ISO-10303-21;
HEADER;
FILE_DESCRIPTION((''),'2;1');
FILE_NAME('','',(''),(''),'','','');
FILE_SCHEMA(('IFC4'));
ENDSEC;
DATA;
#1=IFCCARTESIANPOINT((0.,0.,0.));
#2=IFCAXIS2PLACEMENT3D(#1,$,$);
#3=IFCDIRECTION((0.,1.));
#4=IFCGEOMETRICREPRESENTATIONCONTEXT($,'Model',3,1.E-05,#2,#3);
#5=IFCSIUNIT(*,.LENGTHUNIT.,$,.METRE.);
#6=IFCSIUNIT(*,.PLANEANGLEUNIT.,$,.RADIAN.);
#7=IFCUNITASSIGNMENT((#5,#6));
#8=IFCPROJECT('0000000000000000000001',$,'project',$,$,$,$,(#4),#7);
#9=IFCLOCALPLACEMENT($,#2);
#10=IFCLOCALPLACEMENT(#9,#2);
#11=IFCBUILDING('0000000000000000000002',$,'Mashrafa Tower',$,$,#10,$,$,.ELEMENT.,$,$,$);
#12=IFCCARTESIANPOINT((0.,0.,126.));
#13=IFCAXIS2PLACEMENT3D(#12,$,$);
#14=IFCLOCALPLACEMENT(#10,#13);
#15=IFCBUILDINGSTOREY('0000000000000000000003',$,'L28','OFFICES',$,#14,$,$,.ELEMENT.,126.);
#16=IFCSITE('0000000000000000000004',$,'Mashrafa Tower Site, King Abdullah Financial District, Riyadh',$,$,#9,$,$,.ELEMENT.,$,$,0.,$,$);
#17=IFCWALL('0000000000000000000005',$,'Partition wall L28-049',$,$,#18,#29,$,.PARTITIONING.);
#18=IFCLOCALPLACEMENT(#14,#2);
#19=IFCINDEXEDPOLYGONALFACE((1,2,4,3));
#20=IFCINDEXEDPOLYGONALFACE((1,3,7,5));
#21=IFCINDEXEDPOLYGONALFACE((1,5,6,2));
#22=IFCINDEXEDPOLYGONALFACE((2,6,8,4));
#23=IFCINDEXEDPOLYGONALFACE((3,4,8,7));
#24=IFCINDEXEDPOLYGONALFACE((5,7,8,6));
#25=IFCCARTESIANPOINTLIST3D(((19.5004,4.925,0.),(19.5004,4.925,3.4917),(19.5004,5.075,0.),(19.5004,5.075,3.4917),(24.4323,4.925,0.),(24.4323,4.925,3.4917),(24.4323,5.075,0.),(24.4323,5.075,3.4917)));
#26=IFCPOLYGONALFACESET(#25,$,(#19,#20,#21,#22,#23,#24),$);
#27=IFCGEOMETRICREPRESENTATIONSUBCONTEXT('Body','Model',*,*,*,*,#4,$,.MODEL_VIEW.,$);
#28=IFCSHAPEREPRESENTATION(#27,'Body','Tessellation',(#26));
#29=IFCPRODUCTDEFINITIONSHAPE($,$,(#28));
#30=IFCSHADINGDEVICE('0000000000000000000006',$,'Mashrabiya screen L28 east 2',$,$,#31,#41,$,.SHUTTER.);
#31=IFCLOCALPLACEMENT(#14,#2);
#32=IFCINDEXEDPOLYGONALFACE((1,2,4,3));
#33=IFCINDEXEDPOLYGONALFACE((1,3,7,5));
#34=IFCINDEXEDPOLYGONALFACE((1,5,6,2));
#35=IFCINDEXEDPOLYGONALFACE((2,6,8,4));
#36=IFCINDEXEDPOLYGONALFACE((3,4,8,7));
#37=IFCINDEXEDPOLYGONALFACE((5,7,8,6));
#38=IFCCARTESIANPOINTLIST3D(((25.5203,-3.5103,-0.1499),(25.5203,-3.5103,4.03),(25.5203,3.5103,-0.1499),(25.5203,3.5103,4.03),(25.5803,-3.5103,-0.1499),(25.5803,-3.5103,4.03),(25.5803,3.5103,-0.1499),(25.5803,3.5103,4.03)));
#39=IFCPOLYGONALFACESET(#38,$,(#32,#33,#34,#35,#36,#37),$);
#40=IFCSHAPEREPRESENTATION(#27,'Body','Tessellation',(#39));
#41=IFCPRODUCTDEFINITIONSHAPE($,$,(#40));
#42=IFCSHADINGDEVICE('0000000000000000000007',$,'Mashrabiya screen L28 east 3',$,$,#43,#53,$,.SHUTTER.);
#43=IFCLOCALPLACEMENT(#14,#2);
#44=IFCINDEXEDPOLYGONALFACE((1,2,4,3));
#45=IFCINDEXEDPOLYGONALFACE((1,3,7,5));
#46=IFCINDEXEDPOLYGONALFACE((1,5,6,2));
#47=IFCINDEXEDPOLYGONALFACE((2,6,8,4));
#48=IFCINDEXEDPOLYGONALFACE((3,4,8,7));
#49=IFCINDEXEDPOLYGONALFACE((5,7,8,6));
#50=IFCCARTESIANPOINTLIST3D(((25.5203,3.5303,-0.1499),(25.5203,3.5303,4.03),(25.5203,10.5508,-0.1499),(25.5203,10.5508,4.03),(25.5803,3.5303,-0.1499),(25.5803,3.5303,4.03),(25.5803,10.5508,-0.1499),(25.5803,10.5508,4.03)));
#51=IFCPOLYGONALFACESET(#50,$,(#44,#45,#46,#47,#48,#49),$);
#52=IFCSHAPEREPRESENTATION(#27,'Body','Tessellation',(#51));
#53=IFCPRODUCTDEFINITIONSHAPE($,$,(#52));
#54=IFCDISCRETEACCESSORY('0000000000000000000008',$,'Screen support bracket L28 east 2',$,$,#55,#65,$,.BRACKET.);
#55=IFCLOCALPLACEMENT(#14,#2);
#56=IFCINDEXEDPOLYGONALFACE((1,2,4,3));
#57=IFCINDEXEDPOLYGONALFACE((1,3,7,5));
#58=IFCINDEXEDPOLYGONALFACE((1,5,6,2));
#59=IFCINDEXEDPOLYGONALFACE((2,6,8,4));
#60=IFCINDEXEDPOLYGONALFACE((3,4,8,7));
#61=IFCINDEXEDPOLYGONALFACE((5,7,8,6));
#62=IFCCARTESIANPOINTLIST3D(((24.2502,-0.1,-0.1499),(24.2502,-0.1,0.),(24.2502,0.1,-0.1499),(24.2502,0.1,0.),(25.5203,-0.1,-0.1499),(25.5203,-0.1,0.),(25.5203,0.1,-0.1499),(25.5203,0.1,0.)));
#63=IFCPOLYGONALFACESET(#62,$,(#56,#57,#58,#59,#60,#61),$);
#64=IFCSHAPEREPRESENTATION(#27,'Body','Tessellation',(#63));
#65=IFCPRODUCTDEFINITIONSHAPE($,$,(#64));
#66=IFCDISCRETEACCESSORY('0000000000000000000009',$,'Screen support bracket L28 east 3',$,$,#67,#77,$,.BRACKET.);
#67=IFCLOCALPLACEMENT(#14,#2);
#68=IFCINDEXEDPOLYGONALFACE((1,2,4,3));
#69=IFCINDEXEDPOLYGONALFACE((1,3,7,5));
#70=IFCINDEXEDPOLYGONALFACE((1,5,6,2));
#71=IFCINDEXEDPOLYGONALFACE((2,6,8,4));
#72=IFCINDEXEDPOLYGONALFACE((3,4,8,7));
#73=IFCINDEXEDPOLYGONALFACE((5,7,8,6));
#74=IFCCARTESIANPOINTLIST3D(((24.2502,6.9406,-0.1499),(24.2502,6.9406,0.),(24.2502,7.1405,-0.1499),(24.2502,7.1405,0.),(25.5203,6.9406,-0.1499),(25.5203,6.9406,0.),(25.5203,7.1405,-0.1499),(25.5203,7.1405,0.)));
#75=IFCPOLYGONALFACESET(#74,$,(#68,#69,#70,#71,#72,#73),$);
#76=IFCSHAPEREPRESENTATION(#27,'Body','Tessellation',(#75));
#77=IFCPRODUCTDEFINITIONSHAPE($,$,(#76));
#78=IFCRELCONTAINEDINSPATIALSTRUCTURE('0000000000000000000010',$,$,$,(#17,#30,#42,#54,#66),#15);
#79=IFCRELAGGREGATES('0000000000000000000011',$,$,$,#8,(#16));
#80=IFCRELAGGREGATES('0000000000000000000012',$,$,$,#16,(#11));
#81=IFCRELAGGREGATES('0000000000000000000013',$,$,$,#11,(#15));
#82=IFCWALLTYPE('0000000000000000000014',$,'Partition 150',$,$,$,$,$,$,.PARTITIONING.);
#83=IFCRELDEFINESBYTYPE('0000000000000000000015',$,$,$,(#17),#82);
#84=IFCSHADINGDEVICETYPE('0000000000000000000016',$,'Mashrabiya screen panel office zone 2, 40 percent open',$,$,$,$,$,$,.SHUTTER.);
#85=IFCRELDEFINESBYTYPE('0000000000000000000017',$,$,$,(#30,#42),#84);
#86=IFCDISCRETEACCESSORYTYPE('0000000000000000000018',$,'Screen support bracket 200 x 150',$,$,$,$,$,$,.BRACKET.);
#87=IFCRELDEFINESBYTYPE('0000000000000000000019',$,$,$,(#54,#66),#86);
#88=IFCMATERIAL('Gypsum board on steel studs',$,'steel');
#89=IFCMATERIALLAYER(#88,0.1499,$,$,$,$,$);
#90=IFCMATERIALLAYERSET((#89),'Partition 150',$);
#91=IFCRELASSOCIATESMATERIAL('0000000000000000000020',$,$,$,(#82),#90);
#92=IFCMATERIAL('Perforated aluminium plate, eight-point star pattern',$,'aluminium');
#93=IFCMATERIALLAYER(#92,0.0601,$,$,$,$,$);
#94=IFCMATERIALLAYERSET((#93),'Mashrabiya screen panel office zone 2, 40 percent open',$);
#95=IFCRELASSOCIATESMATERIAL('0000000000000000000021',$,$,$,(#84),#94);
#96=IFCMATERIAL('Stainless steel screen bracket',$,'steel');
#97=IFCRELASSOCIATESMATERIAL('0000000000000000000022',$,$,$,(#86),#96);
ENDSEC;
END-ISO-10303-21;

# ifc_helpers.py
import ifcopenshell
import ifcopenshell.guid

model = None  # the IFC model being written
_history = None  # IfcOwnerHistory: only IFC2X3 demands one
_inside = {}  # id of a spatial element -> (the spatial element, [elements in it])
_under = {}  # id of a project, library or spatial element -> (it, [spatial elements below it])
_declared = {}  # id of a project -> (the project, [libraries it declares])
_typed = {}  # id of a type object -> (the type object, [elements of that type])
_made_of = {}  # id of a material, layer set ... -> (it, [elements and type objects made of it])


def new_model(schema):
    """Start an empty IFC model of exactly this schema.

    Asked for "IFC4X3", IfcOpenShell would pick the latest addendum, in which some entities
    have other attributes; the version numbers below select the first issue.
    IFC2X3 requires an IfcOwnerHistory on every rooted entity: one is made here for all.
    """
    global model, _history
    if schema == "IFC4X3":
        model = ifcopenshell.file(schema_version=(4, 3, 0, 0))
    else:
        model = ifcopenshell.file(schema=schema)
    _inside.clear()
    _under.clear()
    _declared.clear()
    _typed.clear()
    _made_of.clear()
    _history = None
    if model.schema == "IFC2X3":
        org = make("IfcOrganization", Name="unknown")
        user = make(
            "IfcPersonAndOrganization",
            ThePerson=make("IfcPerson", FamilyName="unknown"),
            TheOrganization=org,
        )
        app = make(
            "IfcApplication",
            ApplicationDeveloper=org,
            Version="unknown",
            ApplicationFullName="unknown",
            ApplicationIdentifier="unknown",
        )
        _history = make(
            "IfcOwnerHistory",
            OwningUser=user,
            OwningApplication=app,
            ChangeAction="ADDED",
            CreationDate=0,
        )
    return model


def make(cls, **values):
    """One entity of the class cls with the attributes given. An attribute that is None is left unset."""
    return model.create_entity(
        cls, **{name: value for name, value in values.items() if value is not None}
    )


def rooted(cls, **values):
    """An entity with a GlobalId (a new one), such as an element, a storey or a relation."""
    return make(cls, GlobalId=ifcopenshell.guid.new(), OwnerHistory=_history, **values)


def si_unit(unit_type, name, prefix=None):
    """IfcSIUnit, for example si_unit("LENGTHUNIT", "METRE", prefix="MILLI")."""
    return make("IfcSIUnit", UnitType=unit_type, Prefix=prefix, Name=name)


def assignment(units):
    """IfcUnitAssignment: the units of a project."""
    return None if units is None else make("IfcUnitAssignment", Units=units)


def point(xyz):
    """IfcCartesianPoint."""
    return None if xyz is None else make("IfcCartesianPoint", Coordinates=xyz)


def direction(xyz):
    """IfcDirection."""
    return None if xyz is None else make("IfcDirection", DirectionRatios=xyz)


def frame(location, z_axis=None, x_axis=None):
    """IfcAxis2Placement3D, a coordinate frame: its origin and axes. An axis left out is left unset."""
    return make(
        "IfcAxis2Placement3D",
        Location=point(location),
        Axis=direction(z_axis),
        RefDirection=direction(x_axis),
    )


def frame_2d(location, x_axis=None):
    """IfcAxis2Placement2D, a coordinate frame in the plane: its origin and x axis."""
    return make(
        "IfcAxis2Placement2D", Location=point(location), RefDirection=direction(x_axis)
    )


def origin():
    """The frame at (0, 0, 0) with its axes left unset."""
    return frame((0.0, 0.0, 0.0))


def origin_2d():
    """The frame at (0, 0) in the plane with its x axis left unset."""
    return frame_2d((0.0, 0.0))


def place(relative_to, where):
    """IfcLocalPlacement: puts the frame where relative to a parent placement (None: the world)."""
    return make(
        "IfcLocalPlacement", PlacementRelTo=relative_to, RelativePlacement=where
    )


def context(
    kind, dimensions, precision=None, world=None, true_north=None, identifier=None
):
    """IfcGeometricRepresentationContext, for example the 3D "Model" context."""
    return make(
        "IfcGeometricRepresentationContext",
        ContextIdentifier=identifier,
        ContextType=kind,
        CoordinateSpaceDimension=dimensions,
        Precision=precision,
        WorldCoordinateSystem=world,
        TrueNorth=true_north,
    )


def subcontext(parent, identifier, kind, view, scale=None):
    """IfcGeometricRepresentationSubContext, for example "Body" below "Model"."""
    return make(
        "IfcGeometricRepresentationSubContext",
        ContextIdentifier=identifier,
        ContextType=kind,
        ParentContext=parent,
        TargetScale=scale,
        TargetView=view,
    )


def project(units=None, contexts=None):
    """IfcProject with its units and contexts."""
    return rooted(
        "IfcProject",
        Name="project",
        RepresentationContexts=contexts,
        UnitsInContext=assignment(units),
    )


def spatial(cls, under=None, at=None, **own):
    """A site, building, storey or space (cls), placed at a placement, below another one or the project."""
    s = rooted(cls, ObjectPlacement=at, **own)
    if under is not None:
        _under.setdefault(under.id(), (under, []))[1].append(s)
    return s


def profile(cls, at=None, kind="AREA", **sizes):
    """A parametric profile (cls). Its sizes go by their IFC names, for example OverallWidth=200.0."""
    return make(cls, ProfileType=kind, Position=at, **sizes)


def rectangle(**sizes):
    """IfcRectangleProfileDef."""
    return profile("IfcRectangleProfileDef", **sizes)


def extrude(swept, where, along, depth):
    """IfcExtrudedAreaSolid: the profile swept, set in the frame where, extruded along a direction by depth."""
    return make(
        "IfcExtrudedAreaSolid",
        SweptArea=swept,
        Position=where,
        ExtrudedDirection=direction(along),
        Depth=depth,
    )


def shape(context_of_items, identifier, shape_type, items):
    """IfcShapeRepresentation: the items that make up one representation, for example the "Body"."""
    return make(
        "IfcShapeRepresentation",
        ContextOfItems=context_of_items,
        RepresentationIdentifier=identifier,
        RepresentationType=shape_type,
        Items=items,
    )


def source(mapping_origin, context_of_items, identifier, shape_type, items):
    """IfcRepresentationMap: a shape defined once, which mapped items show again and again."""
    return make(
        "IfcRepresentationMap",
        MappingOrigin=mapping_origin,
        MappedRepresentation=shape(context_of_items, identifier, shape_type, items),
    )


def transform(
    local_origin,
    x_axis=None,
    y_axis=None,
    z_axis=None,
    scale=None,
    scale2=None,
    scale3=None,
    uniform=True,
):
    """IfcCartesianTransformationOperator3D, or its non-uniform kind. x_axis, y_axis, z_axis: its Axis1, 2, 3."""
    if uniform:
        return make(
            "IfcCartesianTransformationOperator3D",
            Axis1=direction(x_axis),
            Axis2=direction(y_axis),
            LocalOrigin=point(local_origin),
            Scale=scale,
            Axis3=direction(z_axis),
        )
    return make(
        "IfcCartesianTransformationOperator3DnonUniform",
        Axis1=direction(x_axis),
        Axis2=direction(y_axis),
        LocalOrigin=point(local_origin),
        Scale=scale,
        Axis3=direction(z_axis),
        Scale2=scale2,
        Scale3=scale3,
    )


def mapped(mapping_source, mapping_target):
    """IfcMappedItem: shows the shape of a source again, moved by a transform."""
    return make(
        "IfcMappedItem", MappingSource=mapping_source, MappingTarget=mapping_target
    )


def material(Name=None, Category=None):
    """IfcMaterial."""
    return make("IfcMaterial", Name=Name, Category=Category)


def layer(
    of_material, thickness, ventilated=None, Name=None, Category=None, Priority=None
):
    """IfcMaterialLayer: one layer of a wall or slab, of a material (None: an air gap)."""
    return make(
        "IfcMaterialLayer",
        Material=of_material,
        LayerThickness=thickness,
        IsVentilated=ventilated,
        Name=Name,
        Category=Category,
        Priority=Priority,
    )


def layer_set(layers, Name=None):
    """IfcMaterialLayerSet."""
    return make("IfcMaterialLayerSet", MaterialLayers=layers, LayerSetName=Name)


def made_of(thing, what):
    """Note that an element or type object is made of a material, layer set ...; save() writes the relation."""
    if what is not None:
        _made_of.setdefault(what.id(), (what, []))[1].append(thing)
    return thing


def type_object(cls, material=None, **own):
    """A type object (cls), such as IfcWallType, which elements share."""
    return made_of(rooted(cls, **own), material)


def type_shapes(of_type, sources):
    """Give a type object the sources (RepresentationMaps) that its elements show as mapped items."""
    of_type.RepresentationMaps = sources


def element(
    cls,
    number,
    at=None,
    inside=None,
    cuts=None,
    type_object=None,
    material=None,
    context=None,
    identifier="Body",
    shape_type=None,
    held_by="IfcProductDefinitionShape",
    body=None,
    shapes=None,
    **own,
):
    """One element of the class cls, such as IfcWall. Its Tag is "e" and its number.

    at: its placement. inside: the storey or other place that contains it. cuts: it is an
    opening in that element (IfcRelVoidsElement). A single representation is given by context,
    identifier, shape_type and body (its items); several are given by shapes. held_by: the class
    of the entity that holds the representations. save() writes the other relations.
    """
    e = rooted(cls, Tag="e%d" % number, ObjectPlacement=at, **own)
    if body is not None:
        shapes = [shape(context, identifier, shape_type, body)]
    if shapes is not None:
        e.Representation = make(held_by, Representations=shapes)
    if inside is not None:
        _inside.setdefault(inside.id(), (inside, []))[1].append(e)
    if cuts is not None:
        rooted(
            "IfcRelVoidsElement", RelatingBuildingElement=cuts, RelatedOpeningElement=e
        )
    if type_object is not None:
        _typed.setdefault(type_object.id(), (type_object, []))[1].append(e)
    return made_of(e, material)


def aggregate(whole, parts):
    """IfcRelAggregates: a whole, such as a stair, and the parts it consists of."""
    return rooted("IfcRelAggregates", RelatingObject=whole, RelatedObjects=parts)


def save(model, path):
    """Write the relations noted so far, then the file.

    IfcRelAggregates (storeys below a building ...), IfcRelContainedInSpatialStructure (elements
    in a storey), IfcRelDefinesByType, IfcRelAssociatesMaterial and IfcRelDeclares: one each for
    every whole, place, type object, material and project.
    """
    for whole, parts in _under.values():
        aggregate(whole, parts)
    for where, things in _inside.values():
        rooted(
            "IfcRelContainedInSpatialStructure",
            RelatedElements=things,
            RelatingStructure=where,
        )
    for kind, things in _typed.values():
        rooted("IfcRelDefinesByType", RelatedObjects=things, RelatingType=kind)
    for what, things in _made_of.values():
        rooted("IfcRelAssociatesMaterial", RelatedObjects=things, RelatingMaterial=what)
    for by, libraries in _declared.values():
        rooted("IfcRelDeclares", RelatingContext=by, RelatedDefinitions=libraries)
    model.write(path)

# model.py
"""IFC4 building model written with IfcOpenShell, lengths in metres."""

from ifc_helpers import new_model, si_unit, direction, frame, frame_2d, origin, origin_2d, place, context, subcontext, project, spatial, rectangle, extrude, source, transform, mapped, material, layer, layer_set, type_object, type_shapes, element, save


model = new_model("IFC4")

# Units and contexts
model_context = context("Model", 3, precision=1e-05, world=origin(), true_north=direction((0.0, 1.0)))
body_context = subcontext(model_context, "Body", "Model", "MODEL_VIEW")
ifc_project = project(units=[si_unit("LENGTHUNIT", "METRE"), si_unit("PLANEANGLEUNIT", "RADIAN")], contexts=[model_context])

# Site, building, storey
site_placement = place(None, origin())
site = spatial("IfcSite", under=ifc_project, at=site_placement, Name="Mashrafa Tower Site, King Abdullah Financial District, Riyadh", CompositionType="ELEMENT", RefElevation=0.0)
building_placement = place(site_placement, origin())
building = spatial("IfcBuilding", under=site, at=building_placement, Name="Mashrafa Tower", CompositionType="ELEMENT")
storey_placement = place(building_placement, frame((0.0, 0.0, 126.0)))
storey = spatial("IfcBuildingStorey", under=building, at=storey_placement, Name="L28", Description="OFFICES", CompositionType="ELEMENT", Elevation=126.0)

# Shared definitions
ifc_material_1 = material(Name="Gypsum board on steel studs", Category="steel")
ifc_layer_1 = layer(ifc_material_1, 0.1499)
ifc_layer_set_1 = layer_set([ifc_layer_1], Name="Partition 150")
wall_type_1 = type_object("IfcWallType", Name="Partition 150", PredefinedType="PARTITIONING", material=ifc_layer_set_1)

# Wall
wall_1_placement = place(storey_placement, frame((19.5005, 5.0, 0.0), z_axis=(0.0, 0.0, 1.0), x_axis=(1.0, 0.0, 0.0)))
element("IfcWall", 1, at=wall_1_placement, inside=storey, type_object=wall_type_1, Name="Partition wall L28-049", PredefinedType="PARTITIONING", context=body_context, shape_type="SweptSolid", body=[
    extrude(rectangle(XDim=4.9319, YDim=0.1499, at=frame_2d((2.4658, 0.0))), origin(), (0.0, 0.0, 1.0), 3.4917),
])

# Shading devices
ifc_material_2 = material(Name="Perforated aluminium plate, eight-point star pattern", Category="aluminium")
ifc_layer_2 = layer(ifc_material_2, 0.0601)
ifc_layer_set_2 = layer_set([ifc_layer_2], Name="Mashrabiya screen panel office zone 2, 40 percent open")
shading_device_type = type_object("IfcShadingDeviceType", Name="Mashrabiya screen panel office zone 2, 40 percent open", PredefinedType="SHUTTER", material=ifc_layer_set_2)
shared_shape_1 = source(origin(), body_context, "Body", "SweptSolid", [
    extrude(rectangle(XDim=7.0205, YDim=0.0601, at=origin_2d()), origin(), (0.0, 0.0, 1.0), 4.1799),
])
type_shapes(shading_device_type, [shared_shape_1])
for number, where, z_axis, x_axis, name in (
    (2, (25.5503, 0.0, -0.1499), (0.0, 0.0, 1.0), (0.0, 1.0, 0.0), "Mashrabiya screen L28 east 2"),
    (3, (25.5503, 7.0405, -0.1499), (0.0, 0.0, 1.0), (0.0, 1.0, 0.0), "Mashrabiya screen L28 east 3"),
):
    element("IfcShadingDevice", number, at=place(storey_placement, frame(where, z_axis=z_axis, x_axis=x_axis)), inside=storey, type_object=shading_device_type, Name=name, PredefinedType="SHUTTER", context=body_context, shape_type="MappedRepresentation", body=[
        mapped(shared_shape_1, transform((0.0, 0.0, 0.0))),
    ])

# Discrete accessories
ifc_material_3 = material(Name="Stainless steel screen bracket", Category="steel")
discrete_accessory_type = type_object("IfcDiscreteAccessoryType", Name="Screen support bracket 200 x 150", PredefinedType="BRACKET", material=ifc_material_3)
shared_shape_2 = source(origin(), body_context, "Body", "SweptSolid", [
    extrude(rectangle(XDim=0.2, YDim=1.27, at=origin_2d()), origin(), (0.0, 0.0, 1.0), 0.1499),
])
type_shapes(discrete_accessory_type, [shared_shape_2])
for number, where, z_axis, x_axis, name in (
    (4, (24.8853, 0.0, -0.1499), (0.0, 0.0, 1.0), (0.0, 1.0, 0.0), "Screen support bracket L28 east 2"),
    (5, (24.8853, 7.0405, -0.1499), (0.0, 0.0, 1.0), (0.0, 1.0, 0.0), "Screen support bracket L28 east 3"),
):
    element("IfcDiscreteAccessory", number, at=place(storey_placement, frame(where, z_axis=z_axis, x_axis=x_axis)), inside=storey, type_object=discrete_accessory_type, Name=name, PredefinedType="BRACKET", context=body_context, shape_type="MappedRepresentation", body=[
        mapped(shared_shape_2, transform((0.0, 0.0, 0.0))),
    ])

save(model, "model.ifc")
